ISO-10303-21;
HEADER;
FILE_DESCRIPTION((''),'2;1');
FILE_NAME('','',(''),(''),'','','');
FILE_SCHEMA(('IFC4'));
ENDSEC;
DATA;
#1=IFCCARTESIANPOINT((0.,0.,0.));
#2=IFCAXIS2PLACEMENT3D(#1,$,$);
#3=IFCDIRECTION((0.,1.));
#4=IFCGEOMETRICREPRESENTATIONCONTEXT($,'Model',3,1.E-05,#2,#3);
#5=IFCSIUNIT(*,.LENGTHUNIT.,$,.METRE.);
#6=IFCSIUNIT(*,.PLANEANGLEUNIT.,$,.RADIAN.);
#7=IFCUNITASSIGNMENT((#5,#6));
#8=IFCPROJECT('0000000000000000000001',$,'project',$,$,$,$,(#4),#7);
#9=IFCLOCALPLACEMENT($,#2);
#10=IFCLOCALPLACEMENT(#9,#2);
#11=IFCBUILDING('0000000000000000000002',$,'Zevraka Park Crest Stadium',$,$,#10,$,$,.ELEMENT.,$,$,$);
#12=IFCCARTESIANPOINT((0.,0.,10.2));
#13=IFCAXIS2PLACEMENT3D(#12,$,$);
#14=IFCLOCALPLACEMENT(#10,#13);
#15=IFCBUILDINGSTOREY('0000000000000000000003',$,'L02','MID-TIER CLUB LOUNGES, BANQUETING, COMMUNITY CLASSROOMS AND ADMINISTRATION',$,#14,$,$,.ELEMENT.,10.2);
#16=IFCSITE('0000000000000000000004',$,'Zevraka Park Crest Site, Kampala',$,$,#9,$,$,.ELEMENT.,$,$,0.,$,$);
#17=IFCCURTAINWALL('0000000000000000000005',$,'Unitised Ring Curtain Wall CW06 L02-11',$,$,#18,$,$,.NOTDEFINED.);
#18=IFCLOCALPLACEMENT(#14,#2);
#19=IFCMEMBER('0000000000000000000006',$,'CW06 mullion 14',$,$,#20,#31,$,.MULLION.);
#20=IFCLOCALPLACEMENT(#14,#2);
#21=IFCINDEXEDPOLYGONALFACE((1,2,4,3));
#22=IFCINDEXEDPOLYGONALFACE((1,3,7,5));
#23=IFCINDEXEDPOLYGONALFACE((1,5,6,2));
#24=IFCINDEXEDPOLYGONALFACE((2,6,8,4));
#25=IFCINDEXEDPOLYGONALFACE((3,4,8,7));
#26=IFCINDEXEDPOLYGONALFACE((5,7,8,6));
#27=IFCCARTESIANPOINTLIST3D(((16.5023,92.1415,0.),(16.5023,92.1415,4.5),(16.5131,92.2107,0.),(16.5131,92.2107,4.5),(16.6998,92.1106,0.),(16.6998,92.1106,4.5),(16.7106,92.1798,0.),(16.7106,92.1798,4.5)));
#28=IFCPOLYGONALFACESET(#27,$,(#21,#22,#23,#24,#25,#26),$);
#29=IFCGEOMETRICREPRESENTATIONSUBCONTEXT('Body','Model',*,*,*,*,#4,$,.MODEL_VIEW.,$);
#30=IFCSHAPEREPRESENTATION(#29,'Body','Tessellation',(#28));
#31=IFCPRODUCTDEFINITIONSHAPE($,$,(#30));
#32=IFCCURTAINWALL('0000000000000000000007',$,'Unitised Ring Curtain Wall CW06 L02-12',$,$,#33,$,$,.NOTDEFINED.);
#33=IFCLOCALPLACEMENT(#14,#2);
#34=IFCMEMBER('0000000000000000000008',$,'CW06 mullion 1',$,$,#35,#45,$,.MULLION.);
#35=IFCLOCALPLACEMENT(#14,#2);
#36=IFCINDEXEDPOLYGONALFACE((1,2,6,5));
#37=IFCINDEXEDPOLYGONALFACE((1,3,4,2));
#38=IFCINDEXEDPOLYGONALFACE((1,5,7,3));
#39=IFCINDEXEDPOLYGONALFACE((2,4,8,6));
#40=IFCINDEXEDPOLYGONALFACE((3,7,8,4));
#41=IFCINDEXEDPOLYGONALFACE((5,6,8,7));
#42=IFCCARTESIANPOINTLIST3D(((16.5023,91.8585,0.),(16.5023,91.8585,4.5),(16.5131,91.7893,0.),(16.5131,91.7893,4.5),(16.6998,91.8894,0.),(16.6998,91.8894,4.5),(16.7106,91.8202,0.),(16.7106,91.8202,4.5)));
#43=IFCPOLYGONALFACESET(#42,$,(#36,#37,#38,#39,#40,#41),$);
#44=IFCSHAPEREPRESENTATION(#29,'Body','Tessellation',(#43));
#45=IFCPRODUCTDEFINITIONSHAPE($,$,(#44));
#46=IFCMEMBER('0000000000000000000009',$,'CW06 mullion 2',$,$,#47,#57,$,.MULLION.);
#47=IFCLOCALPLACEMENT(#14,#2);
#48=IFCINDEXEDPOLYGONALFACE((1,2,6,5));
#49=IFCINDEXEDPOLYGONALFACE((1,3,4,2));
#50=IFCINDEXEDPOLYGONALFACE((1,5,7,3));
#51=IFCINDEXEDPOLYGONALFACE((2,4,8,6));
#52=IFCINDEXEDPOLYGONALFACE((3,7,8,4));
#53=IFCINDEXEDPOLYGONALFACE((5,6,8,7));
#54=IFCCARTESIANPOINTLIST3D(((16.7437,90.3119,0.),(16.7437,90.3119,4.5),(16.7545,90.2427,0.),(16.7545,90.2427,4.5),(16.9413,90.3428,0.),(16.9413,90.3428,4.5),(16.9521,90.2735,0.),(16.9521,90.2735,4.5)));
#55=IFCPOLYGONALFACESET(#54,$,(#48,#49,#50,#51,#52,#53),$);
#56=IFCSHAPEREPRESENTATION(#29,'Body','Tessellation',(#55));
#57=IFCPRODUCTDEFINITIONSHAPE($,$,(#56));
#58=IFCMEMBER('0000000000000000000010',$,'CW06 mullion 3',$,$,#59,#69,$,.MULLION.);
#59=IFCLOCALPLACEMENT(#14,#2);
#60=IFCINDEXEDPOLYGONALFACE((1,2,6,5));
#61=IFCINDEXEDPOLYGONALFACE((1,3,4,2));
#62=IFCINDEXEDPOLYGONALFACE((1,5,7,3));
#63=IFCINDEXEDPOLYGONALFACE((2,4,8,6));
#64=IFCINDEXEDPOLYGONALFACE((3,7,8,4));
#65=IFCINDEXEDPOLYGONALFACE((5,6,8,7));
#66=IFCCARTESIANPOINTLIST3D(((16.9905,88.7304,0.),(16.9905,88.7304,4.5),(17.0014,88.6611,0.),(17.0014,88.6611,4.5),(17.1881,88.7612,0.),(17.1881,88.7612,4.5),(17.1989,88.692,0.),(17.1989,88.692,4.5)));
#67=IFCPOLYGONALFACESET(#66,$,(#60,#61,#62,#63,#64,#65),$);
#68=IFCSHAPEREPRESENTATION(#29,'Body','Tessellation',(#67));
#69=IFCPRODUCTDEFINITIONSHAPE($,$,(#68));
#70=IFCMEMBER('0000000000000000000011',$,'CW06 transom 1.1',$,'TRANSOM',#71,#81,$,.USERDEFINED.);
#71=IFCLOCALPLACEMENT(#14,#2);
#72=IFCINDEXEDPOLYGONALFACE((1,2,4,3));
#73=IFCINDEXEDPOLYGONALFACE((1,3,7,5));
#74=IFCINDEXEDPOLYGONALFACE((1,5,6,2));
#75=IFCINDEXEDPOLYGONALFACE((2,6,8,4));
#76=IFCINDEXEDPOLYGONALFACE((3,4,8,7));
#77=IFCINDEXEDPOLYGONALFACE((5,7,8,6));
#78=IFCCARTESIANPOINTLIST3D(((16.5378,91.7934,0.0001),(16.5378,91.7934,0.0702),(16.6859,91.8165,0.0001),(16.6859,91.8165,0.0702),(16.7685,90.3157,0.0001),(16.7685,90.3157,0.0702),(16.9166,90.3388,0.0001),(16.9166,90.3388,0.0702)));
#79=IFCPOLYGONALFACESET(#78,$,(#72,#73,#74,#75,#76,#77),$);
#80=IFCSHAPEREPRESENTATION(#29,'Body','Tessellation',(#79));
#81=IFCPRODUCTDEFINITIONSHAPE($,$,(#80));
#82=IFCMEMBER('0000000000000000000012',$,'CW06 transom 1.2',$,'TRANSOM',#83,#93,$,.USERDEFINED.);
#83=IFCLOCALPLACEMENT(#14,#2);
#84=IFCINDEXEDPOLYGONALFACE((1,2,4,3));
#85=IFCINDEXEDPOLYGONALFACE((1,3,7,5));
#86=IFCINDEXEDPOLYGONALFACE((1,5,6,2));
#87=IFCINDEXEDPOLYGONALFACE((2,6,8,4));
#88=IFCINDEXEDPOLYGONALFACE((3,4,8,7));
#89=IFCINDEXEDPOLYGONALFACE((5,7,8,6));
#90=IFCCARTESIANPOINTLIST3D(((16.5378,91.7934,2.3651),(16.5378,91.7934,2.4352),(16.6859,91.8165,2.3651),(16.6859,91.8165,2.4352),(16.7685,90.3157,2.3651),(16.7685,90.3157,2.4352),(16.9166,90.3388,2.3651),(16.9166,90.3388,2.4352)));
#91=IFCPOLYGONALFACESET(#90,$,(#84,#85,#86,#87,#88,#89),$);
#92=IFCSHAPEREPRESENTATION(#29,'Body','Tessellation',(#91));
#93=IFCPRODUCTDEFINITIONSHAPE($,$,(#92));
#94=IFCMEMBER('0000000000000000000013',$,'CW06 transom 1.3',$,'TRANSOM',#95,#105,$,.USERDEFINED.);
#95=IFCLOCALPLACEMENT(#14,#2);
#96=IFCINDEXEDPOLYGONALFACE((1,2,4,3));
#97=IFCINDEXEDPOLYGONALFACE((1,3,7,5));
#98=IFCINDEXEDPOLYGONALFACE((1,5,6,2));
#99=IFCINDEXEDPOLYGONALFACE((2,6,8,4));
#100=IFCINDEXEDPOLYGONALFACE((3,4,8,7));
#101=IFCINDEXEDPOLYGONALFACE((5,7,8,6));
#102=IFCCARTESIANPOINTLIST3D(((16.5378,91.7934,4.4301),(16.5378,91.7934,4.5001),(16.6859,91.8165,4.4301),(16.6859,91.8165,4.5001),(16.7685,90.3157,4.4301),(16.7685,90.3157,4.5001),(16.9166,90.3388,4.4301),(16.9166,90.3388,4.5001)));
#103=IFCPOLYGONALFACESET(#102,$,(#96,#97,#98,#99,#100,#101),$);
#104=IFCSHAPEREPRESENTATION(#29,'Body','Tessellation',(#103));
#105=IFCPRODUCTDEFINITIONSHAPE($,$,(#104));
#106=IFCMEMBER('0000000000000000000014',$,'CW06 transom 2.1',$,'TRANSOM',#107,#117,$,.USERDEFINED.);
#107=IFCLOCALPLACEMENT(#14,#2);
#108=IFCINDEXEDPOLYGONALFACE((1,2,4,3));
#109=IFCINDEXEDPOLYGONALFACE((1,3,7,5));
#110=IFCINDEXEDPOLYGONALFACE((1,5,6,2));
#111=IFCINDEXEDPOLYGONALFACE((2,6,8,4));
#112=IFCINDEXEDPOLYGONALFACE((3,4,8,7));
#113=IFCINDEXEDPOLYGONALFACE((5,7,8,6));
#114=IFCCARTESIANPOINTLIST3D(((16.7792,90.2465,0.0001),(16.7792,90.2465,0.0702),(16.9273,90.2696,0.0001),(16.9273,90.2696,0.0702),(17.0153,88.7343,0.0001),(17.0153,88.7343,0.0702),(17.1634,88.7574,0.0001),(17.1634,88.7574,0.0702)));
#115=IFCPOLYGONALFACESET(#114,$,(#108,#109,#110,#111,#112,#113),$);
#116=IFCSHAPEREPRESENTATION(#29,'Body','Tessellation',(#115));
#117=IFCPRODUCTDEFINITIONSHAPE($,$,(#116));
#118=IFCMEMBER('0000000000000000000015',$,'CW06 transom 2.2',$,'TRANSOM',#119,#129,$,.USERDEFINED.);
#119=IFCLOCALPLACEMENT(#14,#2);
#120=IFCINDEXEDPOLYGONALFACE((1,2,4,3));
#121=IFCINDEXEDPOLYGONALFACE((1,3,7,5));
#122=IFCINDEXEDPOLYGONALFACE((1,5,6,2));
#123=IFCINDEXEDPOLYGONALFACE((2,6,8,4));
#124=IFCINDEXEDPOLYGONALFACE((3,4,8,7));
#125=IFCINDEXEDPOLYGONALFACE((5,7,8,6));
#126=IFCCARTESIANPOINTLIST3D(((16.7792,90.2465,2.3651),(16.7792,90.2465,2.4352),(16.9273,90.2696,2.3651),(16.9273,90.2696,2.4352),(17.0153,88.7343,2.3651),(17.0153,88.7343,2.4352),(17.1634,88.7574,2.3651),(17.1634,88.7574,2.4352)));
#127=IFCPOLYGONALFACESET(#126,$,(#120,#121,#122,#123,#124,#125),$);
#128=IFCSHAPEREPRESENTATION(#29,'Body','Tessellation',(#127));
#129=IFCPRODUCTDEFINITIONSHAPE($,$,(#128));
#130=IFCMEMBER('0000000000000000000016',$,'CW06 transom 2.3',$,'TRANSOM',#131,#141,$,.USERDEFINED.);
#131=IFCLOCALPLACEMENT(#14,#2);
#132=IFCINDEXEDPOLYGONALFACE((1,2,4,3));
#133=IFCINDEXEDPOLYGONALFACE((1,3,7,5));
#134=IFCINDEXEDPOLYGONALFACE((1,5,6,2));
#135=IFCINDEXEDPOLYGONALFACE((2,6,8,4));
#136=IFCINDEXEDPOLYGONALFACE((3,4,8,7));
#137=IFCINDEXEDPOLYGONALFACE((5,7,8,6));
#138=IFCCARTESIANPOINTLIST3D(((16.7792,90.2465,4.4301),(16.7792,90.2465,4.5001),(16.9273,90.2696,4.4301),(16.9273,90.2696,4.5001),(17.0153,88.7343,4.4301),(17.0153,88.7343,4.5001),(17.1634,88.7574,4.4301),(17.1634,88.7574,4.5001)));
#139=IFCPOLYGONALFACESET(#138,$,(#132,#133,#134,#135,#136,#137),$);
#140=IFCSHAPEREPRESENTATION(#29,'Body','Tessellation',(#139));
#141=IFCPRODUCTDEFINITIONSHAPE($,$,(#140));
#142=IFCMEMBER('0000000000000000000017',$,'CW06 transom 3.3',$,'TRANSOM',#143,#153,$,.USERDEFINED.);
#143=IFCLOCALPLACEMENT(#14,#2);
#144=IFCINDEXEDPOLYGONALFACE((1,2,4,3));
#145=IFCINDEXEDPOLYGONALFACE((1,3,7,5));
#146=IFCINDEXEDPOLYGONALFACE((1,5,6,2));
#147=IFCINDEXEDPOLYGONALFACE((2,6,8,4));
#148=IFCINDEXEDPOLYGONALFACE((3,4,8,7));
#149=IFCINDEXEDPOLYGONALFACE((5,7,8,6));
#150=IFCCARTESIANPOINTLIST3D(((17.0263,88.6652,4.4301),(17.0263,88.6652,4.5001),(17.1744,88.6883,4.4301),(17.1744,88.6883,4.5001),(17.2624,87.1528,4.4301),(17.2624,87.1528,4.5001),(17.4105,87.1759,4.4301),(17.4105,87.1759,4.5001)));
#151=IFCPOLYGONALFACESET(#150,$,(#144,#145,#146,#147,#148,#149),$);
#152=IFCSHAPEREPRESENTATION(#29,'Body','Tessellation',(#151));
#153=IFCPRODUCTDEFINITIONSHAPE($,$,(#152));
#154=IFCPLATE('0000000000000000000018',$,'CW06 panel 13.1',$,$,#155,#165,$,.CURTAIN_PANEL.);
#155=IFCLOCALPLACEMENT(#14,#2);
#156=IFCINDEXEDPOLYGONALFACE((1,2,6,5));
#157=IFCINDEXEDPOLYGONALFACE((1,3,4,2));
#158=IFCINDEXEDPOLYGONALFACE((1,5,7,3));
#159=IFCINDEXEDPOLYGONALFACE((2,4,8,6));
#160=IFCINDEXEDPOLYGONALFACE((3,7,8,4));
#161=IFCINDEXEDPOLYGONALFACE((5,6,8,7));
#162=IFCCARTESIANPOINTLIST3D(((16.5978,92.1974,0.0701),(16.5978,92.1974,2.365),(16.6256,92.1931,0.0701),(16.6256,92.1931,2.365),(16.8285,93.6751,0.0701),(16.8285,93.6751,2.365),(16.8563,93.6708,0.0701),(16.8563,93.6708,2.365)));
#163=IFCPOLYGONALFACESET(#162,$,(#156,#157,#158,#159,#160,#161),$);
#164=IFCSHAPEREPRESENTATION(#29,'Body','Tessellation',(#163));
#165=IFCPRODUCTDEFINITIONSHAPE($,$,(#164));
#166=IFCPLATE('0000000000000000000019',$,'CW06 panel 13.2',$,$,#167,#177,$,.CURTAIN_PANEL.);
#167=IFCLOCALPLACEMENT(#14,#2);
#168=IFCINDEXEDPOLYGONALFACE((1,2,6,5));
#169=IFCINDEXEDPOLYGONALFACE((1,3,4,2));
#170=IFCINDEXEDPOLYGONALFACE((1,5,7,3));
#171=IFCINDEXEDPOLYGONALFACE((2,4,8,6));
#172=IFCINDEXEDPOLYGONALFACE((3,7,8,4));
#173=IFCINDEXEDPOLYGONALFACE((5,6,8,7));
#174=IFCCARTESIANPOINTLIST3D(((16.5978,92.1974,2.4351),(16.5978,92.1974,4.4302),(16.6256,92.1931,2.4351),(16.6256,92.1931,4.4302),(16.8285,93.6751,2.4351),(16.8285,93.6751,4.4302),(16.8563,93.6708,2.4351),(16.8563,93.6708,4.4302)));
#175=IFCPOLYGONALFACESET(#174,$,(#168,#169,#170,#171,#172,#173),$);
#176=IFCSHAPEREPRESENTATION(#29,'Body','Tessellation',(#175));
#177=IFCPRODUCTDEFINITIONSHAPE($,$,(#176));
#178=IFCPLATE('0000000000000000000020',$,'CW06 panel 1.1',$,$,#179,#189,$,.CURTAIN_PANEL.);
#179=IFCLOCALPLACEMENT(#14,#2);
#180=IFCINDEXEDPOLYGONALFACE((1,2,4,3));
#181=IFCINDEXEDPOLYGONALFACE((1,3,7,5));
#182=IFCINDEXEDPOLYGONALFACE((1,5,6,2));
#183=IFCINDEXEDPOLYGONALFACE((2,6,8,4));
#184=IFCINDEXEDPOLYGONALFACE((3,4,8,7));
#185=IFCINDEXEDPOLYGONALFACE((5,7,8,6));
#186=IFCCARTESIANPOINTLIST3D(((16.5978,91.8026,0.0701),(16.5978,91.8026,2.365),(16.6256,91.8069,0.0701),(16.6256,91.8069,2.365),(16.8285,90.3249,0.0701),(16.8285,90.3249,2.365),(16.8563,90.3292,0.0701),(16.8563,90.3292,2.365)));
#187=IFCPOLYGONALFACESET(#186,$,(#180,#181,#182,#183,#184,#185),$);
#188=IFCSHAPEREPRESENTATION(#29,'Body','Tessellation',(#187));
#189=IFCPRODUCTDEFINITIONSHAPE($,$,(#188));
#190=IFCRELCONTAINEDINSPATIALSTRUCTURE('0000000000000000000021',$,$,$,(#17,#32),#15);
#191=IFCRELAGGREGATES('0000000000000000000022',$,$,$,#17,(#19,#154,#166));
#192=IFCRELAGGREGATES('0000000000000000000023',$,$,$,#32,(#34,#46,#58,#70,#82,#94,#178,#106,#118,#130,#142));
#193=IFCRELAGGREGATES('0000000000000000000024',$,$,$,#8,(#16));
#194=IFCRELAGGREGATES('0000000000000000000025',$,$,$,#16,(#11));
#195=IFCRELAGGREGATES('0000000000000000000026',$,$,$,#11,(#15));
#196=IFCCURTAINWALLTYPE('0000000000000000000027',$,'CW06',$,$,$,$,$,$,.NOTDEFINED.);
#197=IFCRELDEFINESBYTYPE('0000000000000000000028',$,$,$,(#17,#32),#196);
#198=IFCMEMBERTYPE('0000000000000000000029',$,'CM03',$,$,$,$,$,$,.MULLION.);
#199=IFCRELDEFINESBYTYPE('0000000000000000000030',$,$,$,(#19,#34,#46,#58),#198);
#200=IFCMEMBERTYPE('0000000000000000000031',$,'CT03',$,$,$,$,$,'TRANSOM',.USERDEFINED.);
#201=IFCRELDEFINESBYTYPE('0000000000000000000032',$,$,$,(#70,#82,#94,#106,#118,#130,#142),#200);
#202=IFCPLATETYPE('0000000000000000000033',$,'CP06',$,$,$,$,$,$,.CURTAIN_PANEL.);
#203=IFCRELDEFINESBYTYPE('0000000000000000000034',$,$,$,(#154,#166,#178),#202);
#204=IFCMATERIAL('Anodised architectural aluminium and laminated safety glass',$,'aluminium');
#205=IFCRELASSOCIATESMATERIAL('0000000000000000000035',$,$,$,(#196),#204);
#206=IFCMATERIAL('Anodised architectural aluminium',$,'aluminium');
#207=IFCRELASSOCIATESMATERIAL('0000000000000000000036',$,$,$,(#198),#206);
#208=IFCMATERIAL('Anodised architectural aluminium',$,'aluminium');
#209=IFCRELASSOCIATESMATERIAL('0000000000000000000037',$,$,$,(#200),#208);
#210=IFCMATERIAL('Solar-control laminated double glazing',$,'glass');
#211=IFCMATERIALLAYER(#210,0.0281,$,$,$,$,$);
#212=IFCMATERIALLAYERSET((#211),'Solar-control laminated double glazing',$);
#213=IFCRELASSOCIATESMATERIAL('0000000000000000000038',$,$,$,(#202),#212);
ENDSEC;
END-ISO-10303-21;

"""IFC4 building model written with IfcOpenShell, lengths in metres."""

from ifc_helpers import new_model, si_unit, direction, frame, origin, origin_2d, place, context, subcontext, project, spatial, rectangle, extrude, material, layer, layer_set, material_profile, profile_set, type_object, element, aggregate, save


model = new_model("IFC4")

# Units and contexts
model_context = context("Model", 3, precision=1e-05, world=origin(), true_north=direction((0.0, 1.0)))
body_context = subcontext(model_context, "Body", "Model", "MODEL_VIEW")
ifc_project = project(units=[si_unit("LENGTHUNIT", "METRE"), si_unit("PLANEANGLEUNIT", "RADIAN")], contexts=[model_context])

# Site, building, storey
site_placement = place(None, origin())
site = spatial("IfcSite", under=ifc_project, at=site_placement, Name="Zevraka Park Crest Site, Kampala", CompositionType="ELEMENT", RefElevation=0.0)
building_placement = place(site_placement, origin())
building = spatial("IfcBuilding", under=site, at=building_placement, Name="Zevraka Park Crest Stadium", CompositionType="ELEMENT")
storey_placement = place(building_placement, frame((0.0, 0.0, 10.2)))
storey = spatial("IfcBuildingStorey", under=building, at=storey_placement, Name="L02", Description="MID-TIER CLUB LOUNGES, BANQUETING, COMMUNITY CLASSROOMS AND ADMINISTRATION", CompositionType="ELEMENT", Elevation=10.2)

# Curtain wall, member
ifc_material_1 = material(Name="Anodised architectural aluminium and laminated safety glass", Category="aluminium")
curtain_wall_type = type_object("IfcCurtainWallType", Name="CW06", PredefinedType="NOTDEFINED", material=ifc_material_1)
curtain_wall_1_placement = place(storey_placement, origin())
curtain_wall_1 = element("IfcCurtainWall", 1, at=curtain_wall_1_placement, inside=storey, type_object=curtain_wall_type, Name="Unitised Ring Curtain Wall CW06 L02-11", PredefinedType="NOTDEFINED")
ifc_material_2 = material(Name="Anodised architectural aluminium", Category="aluminium")
ifc_material_profile_1 = material_profile(ifc_material_2, rectangle(XDim=0.2, YDim=0.0701, at=origin_2d()), Name="ALU MULLION 200x70")
ifc_profile_set_1 = profile_set([ifc_material_profile_1], Name="Anodised architectural aluminium")
member_type_1 = type_object("IfcMemberType", Name="CM03", PredefinedType="MULLION", material=ifc_profile_set_1)
member_1_placement = place(storey_placement, frame((16.6064, 92.1606, 0.0), z_axis=(0.0, 0.0, 1.0), x_axis=(0.988028, -0.154274, 0.0)))
member_1 = element("IfcMember", 2, at=member_1_placement, type_object=member_type_1, Name="CW06 mullion 14", PredefinedType="MULLION", context=body_context, shape_type="SweptSolid", body=[
    extrude(rectangle(XDim=0.2, YDim=0.0701, at=origin_2d()), origin(), (0.0, 0.0, 1.0), 4.5),
])

# Curtain wall, members
curtain_wall_2_placement = place(storey_placement, origin())
curtain_wall_2 = element("IfcCurtainWall", 3, at=curtain_wall_2_placement, inside=storey, type_object=curtain_wall_type, Name="Unitised Ring Curtain Wall CW06 L02-12", PredefinedType="NOTDEFINED")
member_2_placement = place(storey_placement, frame((16.6064, 91.8394, 0.0), z_axis=(0.0, 0.0, 1.0), x_axis=(0.988028, 0.154274, 0.0)))
member_2 = element("IfcMember", 4, at=member_2_placement, type_object=member_type_1, Name="CW06 mullion 1", PredefinedType="MULLION", context=body_context, shape_type="SweptSolid", body=[
    extrude(rectangle(XDim=0.2, YDim=0.0701, at=origin_2d()), origin(), (0.0, 0.0, 1.0), 4.5),
])
member_3_placement = place(storey_placement, frame((16.8479, 90.2927, 0.0), z_axis=(0.0, 0.0, 1.0), x_axis=(0.988028, 0.154274, 0.0)))
member_3 = element("IfcMember", 5, at=member_3_placement, type_object=member_type_1, Name="CW06 mullion 2", PredefinedType="MULLION", context=body_context, shape_type="SweptSolid", body=[
    extrude(rectangle(XDim=0.2, YDim=0.0701, at=origin_2d()), origin(), (0.0, 0.0, 1.0), 4.5),
])
member_4_placement = place(storey_placement, frame((17.0947, 88.7112, 0.0), z_axis=(0.0, 0.0, 1.0), x_axis=(0.988028, 0.154274, 0.0)))
member_4 = element("IfcMember", 6, at=member_4_placement, type_object=member_type_1, Name="CW06 mullion 3", PredefinedType="MULLION", context=body_context, shape_type="SweptSolid", body=[
    extrude(rectangle(XDim=0.2, YDim=0.0701, at=origin_2d()), origin(), (0.0, 0.0, 1.0), 4.5),
])
ifc_material_3 = material(Name="Anodised architectural aluminium", Category="aluminium")
ifc_material_profile_2 = material_profile(ifc_material_3, rectangle(XDim=0.1499, YDim=0.0701, at=origin_2d()), Name="ALU TRANSOM 150x70")
ifc_profile_set_2 = profile_set([ifc_material_profile_2], Name="Anodised architectural aluminium")
member_type_2 = type_object("IfcMemberType", Name="CT03", ElementType="TRANSOM", PredefinedType="USERDEFINED", material=ifc_profile_set_2)
member_5_placement = place(storey_placement, frame((16.6118, 91.8049, 0.0352), z_axis=(0.154252, -0.988031, 0.0), x_axis=(0.988031, 0.154252, 0.0)))
member_5 = element("IfcMember", 7, at=member_5_placement, type_object=member_type_2, Name="CW06 transom 1.1", ObjectType="TRANSOM", PredefinedType="USERDEFINED", context=body_context, shape_type="SweptSolid", body=[
    extrude(rectangle(XDim=0.1499, YDim=0.0701, at=origin_2d()), origin(), (0.0, 0.0, 1.0), 1.4956),
])
member_6_placement = place(storey_placement, frame((16.6118, 91.8049, 2.4001), z_axis=(0.154252, -0.988031, 0.0), x_axis=(0.988031, 0.154252, 0.0)))
member_6 = element("IfcMember", 8, at=member_6_placement, type_object=member_type_2, Name="CW06 transom 1.2", ObjectType="TRANSOM", PredefinedType="USERDEFINED", context=body_context, shape_type="SweptSolid", body=[
    extrude(rectangle(XDim=0.1499, YDim=0.0701, at=origin_2d()), origin(), (0.0, 0.0, 1.0), 1.4956),
])
member_7_placement = place(storey_placement, frame((16.6118, 91.8049, 4.4651), z_axis=(0.154252, -0.988031, 0.0), x_axis=(0.988031, 0.154252, 0.0)))
member_7 = element("IfcMember", 9, at=member_7_placement, type_object=member_type_2, Name="CW06 transom 1.3", ObjectType="TRANSOM", PredefinedType="USERDEFINED", context=body_context, shape_type="SweptSolid", body=[
    extrude(rectangle(XDim=0.1499, YDim=0.0701, at=origin_2d()), origin(), (0.0, 0.0, 1.0), 1.4956),
])
member_8_placement = place(storey_placement, frame((16.8533, 90.2581, 0.0352), z_axis=(0.15425, -0.988032, 0.0), x_axis=(0.988032, 0.15425, 0.0)))
member_8 = element("IfcMember", 10, at=member_8_placement, type_object=member_type_2, Name="CW06 transom 2.1", ObjectType="TRANSOM", PredefinedType="USERDEFINED", context=body_context, shape_type="SweptSolid", body=[
    extrude(rectangle(XDim=0.1499, YDim=0.0701, at=origin_2d()), origin(), (0.0, 0.0, 1.0), 1.5305),
])
member_9_placement = place(storey_placement, frame((16.8533, 90.2581, 2.4001), z_axis=(0.15425, -0.988032, 0.0), x_axis=(0.988032, 0.15425, 0.0)))
member_9 = element("IfcMember", 11, at=member_9_placement, type_object=member_type_2, Name="CW06 transom 2.2", ObjectType="TRANSOM", PredefinedType="USERDEFINED", context=body_context, shape_type="SweptSolid", body=[
    extrude(rectangle(XDim=0.1499, YDim=0.0701, at=origin_2d()), origin(), (0.0, 0.0, 1.0), 1.5305),
])
member_10_placement = place(storey_placement, frame((16.8533, 90.2581, 4.4651), z_axis=(0.15425, -0.988032, 0.0), x_axis=(0.988032, 0.15425, 0.0)))
member_10 = element("IfcMember", 12, at=member_10_placement, type_object=member_type_2, Name="CW06 transom 2.3", ObjectType="TRANSOM", PredefinedType="USERDEFINED", context=body_context, shape_type="SweptSolid", body=[
    extrude(rectangle(XDim=0.1499, YDim=0.0701, at=origin_2d()), origin(), (0.0, 0.0, 1.0), 1.5305),
])
member_11_placement = place(storey_placement, frame((17.1003, 88.6768, 4.4651), z_axis=(0.154226, -0.988036, 0.0), x_axis=(0.988036, 0.154226, 0.0)))
member_11 = element("IfcMember", 13, at=member_11_placement, type_object=member_type_2, Name="CW06 transom 3.3", ObjectType="TRANSOM", PredefinedType="USERDEFINED", context=body_context, shape_type="SweptSolid", body=[
    extrude(rectangle(XDim=0.1499, YDim=0.0701, at=origin_2d()), origin(), (0.0, 0.0, 1.0), 1.5308),
])

# Plates
ifc_material_4 = material(Name="Solar-control laminated double glazing", Category="glass")
ifc_layer_1 = layer(ifc_material_4, 0.0281)
ifc_layer_set_1 = layer_set([ifc_layer_1], Name="Solar-control laminated double glazing")
plate_type = type_object("IfcPlateType", Name="CP06", PredefinedType="CURTAIN_PANEL", material=ifc_layer_set_1)
plate_1_placement = place(storey_placement, frame((16.7271, 92.9341, 0.0701), z_axis=(0.0, 0.0, 1.0), x_axis=(-0.154274, -0.988028, 0.0)))
plate_1 = element("IfcPlate", 14, at=plate_1_placement, type_object=plate_type, Name="CW06 panel 13.1", PredefinedType="CURTAIN_PANEL", context=body_context, shape_type="SweptSolid", body=[
    extrude(rectangle(XDim=1.4956, YDim=0.0281, at=origin_2d()), origin(), (0.0, 0.0, 1.0), 2.2949),
])
plate_2_placement = place(storey_placement, frame((16.7271, 92.9341, 2.4351), z_axis=(0.0, 0.0, 1.0), x_axis=(-0.154274, -0.988028, 0.0)))
plate_2 = element("IfcPlate", 15, at=plate_2_placement, type_object=plate_type, Name="CW06 panel 13.2", PredefinedType="CURTAIN_PANEL", context=body_context, shape_type="SweptSolid", body=[
    extrude(rectangle(XDim=1.4956, YDim=0.0281, at=origin_2d()), origin(), (0.0, 0.0, 1.0), 1.9951),
])
aggregate(curtain_wall_1, [member_1, plate_1, plate_2])
plate_3_placement = place(storey_placement, frame((16.7271, 91.0659, 0.0701), z_axis=(0.0, 0.0, 1.0), x_axis=(0.154274, -0.988028, 0.0)))
plate_3 = element("IfcPlate", 16, at=plate_3_placement, type_object=plate_type, Name="CW06 panel 1.1", PredefinedType="CURTAIN_PANEL", context=body_context, shape_type="SweptSolid", body=[
    extrude(rectangle(XDim=1.4956, YDim=0.0281, at=origin_2d()), origin(), (0.0, 0.0, 1.0), 2.2949),
])
aggregate(curtain_wall_2, [member_2, member_3, member_4, member_5, member_6, member_7, plate_3, member_8, member_9, member_10, member_11])

save(model, "model.ifc")
